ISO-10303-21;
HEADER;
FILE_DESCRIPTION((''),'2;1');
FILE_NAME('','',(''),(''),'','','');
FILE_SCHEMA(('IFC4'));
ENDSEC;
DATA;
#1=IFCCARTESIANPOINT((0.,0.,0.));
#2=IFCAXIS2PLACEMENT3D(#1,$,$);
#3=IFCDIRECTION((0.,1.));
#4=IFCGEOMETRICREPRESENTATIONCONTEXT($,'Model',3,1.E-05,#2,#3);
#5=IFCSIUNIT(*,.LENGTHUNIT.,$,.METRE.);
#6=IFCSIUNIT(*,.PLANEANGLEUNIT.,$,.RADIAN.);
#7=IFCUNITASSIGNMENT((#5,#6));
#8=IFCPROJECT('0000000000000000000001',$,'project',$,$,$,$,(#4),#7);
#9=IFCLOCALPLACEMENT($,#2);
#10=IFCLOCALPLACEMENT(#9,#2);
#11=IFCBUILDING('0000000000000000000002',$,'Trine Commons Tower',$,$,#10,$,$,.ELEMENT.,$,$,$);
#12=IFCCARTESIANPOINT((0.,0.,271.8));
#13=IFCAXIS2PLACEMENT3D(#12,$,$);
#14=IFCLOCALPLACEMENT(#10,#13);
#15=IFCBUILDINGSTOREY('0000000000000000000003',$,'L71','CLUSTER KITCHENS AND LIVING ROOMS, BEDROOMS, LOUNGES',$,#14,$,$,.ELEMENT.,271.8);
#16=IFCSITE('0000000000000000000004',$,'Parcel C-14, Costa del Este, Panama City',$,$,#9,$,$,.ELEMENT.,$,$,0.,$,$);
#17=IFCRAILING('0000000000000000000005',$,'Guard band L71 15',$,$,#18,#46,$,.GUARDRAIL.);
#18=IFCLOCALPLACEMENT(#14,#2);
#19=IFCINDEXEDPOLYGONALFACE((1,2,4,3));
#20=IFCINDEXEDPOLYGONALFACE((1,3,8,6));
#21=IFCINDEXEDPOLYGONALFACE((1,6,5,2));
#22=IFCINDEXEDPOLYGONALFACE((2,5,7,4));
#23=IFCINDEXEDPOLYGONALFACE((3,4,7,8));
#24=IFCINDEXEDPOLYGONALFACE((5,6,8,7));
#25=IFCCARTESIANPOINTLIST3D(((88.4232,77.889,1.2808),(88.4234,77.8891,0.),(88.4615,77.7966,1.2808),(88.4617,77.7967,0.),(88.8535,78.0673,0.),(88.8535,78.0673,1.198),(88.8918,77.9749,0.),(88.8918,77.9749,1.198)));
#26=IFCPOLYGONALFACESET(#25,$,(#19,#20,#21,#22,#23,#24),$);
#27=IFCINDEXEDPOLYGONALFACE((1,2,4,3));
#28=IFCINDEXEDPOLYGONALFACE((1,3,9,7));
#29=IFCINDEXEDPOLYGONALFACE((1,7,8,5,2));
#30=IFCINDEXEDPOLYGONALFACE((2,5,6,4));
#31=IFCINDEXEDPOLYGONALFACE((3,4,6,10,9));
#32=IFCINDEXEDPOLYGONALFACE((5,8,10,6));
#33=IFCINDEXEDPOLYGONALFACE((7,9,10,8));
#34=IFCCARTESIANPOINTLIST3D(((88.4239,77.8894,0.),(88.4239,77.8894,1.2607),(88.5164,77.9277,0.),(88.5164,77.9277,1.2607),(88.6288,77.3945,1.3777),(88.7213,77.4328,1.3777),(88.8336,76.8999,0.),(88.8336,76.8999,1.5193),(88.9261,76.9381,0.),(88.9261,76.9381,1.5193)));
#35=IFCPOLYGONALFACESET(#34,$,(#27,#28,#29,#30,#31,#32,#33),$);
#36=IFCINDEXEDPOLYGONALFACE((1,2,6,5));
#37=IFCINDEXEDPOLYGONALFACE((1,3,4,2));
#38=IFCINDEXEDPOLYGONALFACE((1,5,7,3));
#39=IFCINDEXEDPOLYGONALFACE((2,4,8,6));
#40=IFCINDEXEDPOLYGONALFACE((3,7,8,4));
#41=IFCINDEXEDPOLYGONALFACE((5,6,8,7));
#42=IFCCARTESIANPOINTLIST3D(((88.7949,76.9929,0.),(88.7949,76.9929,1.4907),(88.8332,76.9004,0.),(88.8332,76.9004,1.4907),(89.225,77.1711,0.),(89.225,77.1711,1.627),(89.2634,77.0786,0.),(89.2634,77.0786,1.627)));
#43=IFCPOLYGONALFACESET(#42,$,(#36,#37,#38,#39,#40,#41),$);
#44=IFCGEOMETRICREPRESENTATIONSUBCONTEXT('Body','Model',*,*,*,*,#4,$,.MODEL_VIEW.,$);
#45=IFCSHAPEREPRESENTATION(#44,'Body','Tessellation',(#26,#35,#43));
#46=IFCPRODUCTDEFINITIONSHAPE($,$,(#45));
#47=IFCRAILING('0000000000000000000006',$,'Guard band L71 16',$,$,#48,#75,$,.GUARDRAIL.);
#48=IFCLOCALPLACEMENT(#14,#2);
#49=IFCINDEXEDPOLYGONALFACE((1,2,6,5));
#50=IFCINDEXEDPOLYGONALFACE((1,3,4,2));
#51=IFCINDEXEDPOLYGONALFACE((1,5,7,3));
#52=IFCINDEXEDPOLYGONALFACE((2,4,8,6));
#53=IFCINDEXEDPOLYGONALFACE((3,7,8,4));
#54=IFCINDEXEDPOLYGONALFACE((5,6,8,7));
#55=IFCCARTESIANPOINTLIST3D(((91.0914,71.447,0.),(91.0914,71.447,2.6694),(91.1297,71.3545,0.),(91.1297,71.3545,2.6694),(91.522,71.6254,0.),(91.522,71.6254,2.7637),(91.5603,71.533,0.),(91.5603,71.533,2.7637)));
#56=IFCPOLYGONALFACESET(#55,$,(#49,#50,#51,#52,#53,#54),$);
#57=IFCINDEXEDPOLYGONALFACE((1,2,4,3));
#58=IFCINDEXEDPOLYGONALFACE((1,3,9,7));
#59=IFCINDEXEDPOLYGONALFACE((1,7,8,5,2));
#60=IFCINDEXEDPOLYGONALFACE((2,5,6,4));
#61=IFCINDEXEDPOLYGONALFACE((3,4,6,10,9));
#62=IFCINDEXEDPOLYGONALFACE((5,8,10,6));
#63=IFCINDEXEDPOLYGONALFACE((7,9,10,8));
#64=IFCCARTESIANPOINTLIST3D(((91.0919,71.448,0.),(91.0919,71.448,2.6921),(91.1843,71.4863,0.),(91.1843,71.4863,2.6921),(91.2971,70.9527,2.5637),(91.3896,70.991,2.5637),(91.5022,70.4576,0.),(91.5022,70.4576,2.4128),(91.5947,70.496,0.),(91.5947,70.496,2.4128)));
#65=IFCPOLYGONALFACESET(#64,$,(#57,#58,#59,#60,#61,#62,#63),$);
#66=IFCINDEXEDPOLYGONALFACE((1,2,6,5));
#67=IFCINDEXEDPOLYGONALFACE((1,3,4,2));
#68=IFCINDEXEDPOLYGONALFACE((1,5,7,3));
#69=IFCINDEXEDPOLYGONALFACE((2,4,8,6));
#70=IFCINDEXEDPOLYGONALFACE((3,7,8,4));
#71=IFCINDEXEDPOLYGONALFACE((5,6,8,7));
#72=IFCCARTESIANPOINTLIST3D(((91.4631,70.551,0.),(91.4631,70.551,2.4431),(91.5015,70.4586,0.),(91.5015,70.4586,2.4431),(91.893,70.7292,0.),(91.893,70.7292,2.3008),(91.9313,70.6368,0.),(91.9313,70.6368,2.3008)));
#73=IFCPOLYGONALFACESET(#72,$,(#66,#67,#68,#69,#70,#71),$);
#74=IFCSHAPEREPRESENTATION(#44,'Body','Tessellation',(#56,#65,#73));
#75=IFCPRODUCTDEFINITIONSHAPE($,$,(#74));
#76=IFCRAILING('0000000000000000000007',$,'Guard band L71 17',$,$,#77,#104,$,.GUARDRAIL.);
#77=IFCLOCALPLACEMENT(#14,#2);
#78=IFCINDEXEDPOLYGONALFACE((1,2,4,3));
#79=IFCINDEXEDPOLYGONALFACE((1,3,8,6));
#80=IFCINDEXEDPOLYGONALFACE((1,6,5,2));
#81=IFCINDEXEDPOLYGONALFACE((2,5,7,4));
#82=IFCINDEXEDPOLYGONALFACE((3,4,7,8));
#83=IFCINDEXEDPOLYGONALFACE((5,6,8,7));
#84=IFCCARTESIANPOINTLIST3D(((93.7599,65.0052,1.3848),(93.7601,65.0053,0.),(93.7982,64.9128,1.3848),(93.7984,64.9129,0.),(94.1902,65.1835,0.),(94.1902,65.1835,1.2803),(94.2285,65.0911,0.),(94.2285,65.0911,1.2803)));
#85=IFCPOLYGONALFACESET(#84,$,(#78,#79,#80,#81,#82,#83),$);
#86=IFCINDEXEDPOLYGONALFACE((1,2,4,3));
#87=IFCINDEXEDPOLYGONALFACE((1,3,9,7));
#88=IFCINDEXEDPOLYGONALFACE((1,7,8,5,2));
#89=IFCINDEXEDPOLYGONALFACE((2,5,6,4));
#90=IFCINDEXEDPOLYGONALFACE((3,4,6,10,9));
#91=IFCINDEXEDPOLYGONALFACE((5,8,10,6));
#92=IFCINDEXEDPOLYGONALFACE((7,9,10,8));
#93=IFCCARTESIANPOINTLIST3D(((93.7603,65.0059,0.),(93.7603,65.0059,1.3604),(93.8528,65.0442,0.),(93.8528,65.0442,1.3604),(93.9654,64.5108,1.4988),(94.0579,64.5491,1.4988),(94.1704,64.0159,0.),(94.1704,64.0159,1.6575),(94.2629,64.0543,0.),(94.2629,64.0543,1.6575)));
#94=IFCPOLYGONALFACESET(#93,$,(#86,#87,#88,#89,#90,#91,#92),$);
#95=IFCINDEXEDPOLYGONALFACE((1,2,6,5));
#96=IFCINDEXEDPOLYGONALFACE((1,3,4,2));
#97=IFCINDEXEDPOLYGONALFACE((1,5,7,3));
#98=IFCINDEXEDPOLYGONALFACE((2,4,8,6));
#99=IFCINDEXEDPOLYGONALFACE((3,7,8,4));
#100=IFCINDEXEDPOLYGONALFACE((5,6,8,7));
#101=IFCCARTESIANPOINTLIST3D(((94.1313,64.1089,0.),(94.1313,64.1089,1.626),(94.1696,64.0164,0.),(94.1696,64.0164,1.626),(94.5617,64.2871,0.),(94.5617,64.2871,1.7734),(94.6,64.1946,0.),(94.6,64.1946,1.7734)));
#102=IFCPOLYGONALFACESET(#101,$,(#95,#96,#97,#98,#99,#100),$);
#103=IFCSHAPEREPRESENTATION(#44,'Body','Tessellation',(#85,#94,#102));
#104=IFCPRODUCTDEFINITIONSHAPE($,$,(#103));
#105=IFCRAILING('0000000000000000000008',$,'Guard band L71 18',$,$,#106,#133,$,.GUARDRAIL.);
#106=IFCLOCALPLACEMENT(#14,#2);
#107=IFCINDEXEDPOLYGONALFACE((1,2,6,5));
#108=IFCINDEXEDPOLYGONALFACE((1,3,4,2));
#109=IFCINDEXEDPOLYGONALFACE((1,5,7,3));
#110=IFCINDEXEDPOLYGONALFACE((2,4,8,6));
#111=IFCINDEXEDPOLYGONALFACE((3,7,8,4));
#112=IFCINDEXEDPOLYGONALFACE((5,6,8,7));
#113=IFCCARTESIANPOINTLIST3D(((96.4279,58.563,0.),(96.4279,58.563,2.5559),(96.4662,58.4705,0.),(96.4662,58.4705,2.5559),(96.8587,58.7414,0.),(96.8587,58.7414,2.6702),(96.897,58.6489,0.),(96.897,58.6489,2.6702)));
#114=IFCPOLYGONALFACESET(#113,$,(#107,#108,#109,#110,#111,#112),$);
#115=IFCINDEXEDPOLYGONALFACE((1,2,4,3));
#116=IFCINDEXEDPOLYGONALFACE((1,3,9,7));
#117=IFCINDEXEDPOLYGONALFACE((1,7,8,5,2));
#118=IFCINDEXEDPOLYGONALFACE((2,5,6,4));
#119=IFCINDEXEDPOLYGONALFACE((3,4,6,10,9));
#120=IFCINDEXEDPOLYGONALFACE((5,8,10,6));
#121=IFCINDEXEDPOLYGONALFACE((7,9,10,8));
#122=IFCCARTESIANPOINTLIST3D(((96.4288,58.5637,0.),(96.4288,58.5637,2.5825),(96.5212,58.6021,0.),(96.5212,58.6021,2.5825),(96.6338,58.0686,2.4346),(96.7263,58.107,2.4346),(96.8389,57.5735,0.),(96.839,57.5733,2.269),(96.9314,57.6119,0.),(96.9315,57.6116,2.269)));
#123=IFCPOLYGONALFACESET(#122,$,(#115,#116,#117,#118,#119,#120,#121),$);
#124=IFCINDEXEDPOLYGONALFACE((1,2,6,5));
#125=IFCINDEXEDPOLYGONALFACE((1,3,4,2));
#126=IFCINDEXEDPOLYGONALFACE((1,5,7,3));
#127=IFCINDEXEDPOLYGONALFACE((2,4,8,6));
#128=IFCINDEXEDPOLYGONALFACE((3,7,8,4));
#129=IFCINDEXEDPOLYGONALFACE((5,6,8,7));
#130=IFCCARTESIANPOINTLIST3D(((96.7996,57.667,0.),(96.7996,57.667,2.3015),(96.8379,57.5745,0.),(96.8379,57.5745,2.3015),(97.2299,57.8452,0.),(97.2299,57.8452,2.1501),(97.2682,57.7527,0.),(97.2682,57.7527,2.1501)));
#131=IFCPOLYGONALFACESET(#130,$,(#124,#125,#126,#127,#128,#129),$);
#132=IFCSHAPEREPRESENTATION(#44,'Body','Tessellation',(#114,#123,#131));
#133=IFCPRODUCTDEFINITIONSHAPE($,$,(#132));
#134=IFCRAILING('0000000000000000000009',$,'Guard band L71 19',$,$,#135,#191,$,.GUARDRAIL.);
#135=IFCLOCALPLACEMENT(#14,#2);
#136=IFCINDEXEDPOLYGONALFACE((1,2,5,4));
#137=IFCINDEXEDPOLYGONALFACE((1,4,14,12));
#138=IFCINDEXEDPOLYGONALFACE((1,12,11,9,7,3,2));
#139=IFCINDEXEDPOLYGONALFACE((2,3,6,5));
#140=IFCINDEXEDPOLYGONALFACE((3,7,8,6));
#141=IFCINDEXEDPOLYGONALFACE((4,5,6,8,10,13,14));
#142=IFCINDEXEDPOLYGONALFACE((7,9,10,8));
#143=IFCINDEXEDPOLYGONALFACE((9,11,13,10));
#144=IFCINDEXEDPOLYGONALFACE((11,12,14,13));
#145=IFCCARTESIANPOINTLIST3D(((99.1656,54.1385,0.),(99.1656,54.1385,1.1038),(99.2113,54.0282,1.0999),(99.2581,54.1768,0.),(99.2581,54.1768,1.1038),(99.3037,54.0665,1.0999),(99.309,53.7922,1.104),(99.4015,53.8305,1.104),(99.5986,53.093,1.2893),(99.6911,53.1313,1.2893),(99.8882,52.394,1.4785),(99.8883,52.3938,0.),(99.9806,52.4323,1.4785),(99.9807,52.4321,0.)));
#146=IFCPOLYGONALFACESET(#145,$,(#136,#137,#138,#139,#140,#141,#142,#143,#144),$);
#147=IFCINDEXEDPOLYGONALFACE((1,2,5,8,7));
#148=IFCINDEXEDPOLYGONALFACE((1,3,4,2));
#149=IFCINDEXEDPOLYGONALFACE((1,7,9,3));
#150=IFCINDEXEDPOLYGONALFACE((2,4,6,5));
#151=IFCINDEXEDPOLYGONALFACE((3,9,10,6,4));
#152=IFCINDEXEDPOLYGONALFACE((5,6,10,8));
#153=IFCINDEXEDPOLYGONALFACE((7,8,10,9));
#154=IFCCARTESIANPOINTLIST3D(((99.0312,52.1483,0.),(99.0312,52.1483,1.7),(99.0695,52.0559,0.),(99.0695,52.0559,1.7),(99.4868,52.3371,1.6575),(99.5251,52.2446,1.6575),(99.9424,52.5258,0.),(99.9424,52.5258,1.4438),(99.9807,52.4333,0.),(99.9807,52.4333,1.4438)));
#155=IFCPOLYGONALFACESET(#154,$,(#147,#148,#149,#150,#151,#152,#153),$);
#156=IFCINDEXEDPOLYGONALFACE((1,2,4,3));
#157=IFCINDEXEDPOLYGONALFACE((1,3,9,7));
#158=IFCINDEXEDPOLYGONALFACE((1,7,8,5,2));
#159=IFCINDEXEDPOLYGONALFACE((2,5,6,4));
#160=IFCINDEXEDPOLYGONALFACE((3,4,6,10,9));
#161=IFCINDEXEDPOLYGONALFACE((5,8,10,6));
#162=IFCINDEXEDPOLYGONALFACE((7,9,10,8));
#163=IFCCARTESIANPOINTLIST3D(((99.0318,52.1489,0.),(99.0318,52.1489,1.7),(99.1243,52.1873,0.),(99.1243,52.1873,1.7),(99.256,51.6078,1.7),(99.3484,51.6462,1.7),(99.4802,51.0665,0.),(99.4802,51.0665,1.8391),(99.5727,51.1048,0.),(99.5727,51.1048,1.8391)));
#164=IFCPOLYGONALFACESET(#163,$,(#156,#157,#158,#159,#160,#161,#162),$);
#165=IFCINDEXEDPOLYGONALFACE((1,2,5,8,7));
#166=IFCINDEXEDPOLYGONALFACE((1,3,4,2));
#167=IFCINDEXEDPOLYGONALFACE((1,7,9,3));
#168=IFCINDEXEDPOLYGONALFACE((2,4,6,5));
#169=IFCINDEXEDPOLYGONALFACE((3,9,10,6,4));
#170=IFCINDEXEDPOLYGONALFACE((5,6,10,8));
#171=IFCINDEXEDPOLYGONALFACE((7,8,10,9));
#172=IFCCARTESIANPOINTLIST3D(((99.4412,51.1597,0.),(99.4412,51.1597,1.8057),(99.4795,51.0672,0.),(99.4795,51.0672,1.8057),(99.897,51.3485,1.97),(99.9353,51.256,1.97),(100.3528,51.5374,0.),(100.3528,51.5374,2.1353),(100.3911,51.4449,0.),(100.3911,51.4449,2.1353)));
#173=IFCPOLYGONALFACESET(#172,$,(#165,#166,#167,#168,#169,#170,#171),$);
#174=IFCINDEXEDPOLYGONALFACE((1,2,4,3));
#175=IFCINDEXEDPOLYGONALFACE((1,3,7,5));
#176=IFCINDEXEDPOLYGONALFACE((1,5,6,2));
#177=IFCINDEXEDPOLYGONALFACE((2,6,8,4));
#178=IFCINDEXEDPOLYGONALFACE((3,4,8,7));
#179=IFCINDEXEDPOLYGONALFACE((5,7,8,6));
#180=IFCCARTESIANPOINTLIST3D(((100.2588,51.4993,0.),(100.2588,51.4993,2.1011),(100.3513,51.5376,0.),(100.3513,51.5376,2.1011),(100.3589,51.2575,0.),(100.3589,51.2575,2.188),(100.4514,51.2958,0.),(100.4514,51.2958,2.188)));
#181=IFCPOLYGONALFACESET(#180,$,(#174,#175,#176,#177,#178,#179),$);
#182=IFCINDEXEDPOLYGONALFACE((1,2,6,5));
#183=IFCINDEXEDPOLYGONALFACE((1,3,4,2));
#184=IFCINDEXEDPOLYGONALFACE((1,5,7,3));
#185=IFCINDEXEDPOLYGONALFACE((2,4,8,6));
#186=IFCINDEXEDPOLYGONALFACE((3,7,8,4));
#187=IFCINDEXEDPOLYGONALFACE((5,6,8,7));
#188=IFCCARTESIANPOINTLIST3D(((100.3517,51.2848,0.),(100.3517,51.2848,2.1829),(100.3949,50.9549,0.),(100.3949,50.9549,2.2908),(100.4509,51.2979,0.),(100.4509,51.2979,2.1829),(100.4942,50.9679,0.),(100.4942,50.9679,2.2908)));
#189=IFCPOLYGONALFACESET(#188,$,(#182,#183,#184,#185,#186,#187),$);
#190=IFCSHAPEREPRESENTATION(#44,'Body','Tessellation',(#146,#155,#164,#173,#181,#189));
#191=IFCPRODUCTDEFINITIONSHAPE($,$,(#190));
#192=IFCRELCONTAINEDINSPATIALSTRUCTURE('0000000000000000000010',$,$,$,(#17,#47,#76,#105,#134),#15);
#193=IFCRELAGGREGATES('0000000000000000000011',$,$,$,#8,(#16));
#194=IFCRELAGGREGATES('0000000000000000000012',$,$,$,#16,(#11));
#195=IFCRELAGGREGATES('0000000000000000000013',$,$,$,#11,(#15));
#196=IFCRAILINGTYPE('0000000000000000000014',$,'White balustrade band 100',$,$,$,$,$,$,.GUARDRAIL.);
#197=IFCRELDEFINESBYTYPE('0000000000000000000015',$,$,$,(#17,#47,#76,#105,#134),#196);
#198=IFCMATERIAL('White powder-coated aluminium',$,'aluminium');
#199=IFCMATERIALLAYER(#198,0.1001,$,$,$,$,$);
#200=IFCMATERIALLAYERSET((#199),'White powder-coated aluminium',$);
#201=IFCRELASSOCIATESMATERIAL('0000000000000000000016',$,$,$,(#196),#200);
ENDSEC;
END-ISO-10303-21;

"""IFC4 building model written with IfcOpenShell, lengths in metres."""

from ifc_helpers import new_model, si_unit, direction, frame, origin, place, context, subcontext, project, spatial, polyline, outline, extrude, material, layer, layer_set, type_object, element, save


model = new_model("IFC4")

# Units and contexts
model_context = context("Model", 3, precision=1e-05, world=origin(), true_north=direction((0.0, 1.0)))
body_context = subcontext(model_context, "Body", "Model", "MODEL_VIEW")
ifc_project = project(units=[si_unit("LENGTHUNIT", "METRE"), si_unit("PLANEANGLEUNIT", "RADIAN")], contexts=[model_context])

# Site, building, storey
site_placement = place(None, origin())
site = spatial("IfcSite", under=ifc_project, at=site_placement, Name="Parcel C-14, Costa del Este, Panama City", CompositionType="ELEMENT", RefElevation=0.0)
building_placement = place(site_placement, origin())
building = spatial("IfcBuilding", under=site, at=building_placement, Name="Trine Commons Tower", CompositionType="ELEMENT")
storey_placement = place(building_placement, frame((0.0, 0.0, 271.8)))
storey = spatial("IfcBuildingStorey", under=building, at=storey_placement, Name="L71", Description="CLUSTER KITCHENS AND LIVING ROOMS, BEDROOMS, LOUNGES", CompositionType="ELEMENT", Elevation=271.8)

# Railings
ifc_material_1 = material(Name="White powder-coated aluminium", Category="aluminium")
ifc_layer_1 = layer(ifc_material_1, 0.1001)
ifc_layer_set_1 = layer_set([ifc_layer_1], Name="White powder-coated aluminium")
railing_type = type_object("IfcRailingType", Name="White balustrade band 100", PredefinedType="GUARDRAIL", material=ifc_layer_set_1)
railing_1_placement = place(storey_placement, origin())
element("IfcRailing", 1, at=railing_1_placement, inside=storey, type_object=railing_type, Name="Guard band L71 15", PredefinedType="GUARDRAIL", context=body_context, shape_type="SweptSolid", body=[
    extrude(outline(polyline([(0.0, 0.0), (0.4656, 0.0), (0.4658, 1.2808), (0.0, 1.198), (0.0, 0.0)])), frame((88.8918, 77.9749, 0.0), z_axis=(-0.382753, 0.923851, 0.0), x_axis=(-0.923851, -0.382753, 0.0)), (0.0, 0.0, 1.0), 0.1001),
    extrude(outline(polyline([(0.0, 0.0), (1.071, 0.0), (1.071, 1.5193), (0.5356, 1.3777), (0.0, 1.2607), (0.0, 0.0)])), frame((88.5164, 77.9277, 0.0), z_axis=(-0.923945, -0.382526, 0.0), x_axis=(0.382526, -0.923945, 0.0)), (0.0, 0.0, 1.0), 0.1001),
    extrude(outline(polyline([(0.0, 0.0), (0.4656, 0.0), (0.4656, 1.627), (0.0, 1.4907), (0.0, 0.0)])), frame((88.7949, 76.9929, 0.0), z_axis=(0.382753, -0.923851, 0.0), x_axis=(0.923851, 0.382753, 0.0)), (0.0, 0.0, 1.0), 0.1001),
])
railing_2_placement = place(storey_placement, origin())
element("IfcRailing", 2, at=railing_2_placement, inside=storey, type_object=railing_type, Name="Guard band L71 16", PredefinedType="GUARDRAIL", context=body_context, shape_type="SweptSolid", body=[
    extrude(outline(polyline([(0.0, 0.0), (0.4661, 0.0), (0.4661, 2.6694), (0.0, 2.7637), (0.0, 0.0)])), frame((91.5603, 71.533, 0.0), z_axis=(-0.38283, 0.923819, 0.0), x_axis=(-0.923819, -0.38283, 0.0)), (0.0, 0.0, 1.0), 0.1001),
    extrude(outline(polyline([(0.0, 0.0), (1.072, 0.0), (1.072, 2.4128), (0.5361, 2.5637), (0.0, 2.6921), (0.0, 0.0)])), frame((91.1843, 71.4863, 0.0), z_axis=(-0.923836, -0.382788, 0.0), x_axis=(0.382788, -0.923836, 0.0)), (0.0, 0.0, 1.0), 0.1001),
    extrude(outline(polyline([(0.0, 0.0), (0.4653, 0.0), (0.4653, 2.3008), (0.0, 2.4431), (0.0, 0.0)])), frame((91.4631, 70.551, 0.0), z_axis=(0.382939, -0.923774, 0.0), x_axis=(0.923774, 0.382939, 0.0)), (0.0, 0.0, 1.0), 0.1001),
])
railing_3_placement = place(storey_placement, origin())
element("IfcRailing", 3, at=railing_3_placement, inside=storey, type_object=railing_type, Name="Guard band L71 17", PredefinedType="GUARDRAIL", context=body_context, shape_type="SweptSolid", body=[
    extrude(outline(polyline([(0.0, 0.0), (0.4656, 0.0), (0.4658, 1.3848), (0.0, 1.2803), (0.0, 0.0)])), frame((94.2285, 65.0911, 0.0), z_axis=(-0.382753, 0.923851, 0.0), x_axis=(-0.923851, -0.382753, 0.0)), (0.0, 0.0, 1.0), 0.1001),
    extrude(outline(polyline([(0.0, 0.0), (1.0715, 0.0), (1.0715, 1.6575), (0.5359, 1.4988), (0.0, 1.3604), (0.0, 0.0)])), frame((93.8528, 65.0442, 0.0), z_axis=(-0.92385, -0.382754, 0.0), x_axis=(0.382754, -0.92385, 0.0)), (0.0, 0.0, 1.0), 0.1001),
    extrude(outline(polyline([(0.0, 0.0), (0.4658, 0.0), (0.4658, 1.7734), (0.0, 1.626), (0.0, 0.0)])), frame((94.1313, 64.1089, 0.0), z_axis=(0.382568, -0.923927, 0.0), x_axis=(0.923927, 0.382568, 0.0)), (0.0, 0.0, 1.0), 0.1001),
])
railing_4_placement = place(storey_placement, origin())
element("IfcRailing", 4, at=railing_4_placement, inside=storey, type_object=railing_type, Name="Guard band L71 18", PredefinedType="GUARDRAIL", context=body_context, shape_type="SweptSolid", body=[
    extrude(outline(polyline([(0.0, 0.0), (0.4663, 0.0), (0.4663, 2.5559), (0.0, 2.6702), (0.0, 0.0)])), frame((96.897, 58.6489, 0.0), z_axis=(-0.382645, 0.923896, 0.0), x_axis=(-0.923896, -0.382645, 0.0)), (0.0, 0.0, 1.0), 0.1001),
    extrude(outline(polyline([(0.0, 0.0), (1.0718, 0.0), (1.072, 2.269), (0.5359, 2.4346), (0.0, 2.5825), (0.0, 0.0)])), frame((96.5212, 58.6021, 0.0), z_axis=(-0.923884, -0.382674, 0.0), x_axis=(0.382674, -0.923884, 0.0)), (0.0, 0.0, 1.0), 0.1001),
    extrude(outline(polyline([(0.0, 0.0), (0.4658, 0.0), (0.4658, 2.1501), (0.0, 2.3015), (0.0, 0.0)])), frame((96.7996, 57.667, 0.0), z_axis=(0.382568, -0.923927, 0.0), x_axis=(0.923927, 0.382568, 0.0)), (0.0, 0.0, 1.0), 0.1001),
])
railing_5_placement = place(storey_placement, origin())
element("IfcRailing", 5, at=railing_5_placement, inside=storey, type_object=railing_type, Name="Guard band L71 19", PredefinedType="GUARDRAIL", context=body_context, shape_type="SweptSolid", body=[
    extrude(outline(polyline([(0.0, 0.0), (1.8884, 0.0), (1.8882, 1.4785), (1.1316, 1.2893), (0.3748, 1.104), (0.1194, 1.0999), (0.0, 1.1038), (0.0, 0.0)])), frame((99.2581, 54.1768, 0.0), z_axis=(-0.923878, -0.382687, 0.0), x_axis=(0.382687, -0.923878, 0.0)), (0.0, 0.0, 1.0), 0.1001),
    extrude(outline(polyline([(0.0, 0.0), (0.9863, 0.0), (0.9863, 1.7), (0.4932, 1.6575), (0.0, 1.4438), (0.0, 0.0)])), frame((99.9807, 52.4333, 0.0), z_axis=(-0.382716, 0.923866, 0.0), x_axis=(-0.923866, -0.382716, 0.0)), (0.0, 0.0, 1.0), 0.1001),
    extrude(outline(polyline([(0.0, 0.0), (1.1716, 0.0), (1.1716, 1.8391), (0.5857, 1.7), (0.0, 1.7), (0.0, 0.0)])), frame((99.1243, 52.1873, 0.0), z_axis=(-0.923852, -0.38275, 0.0), x_axis=(0.38275, -0.923852, 0.0)), (0.0, 0.0, 1.0), 0.1001),
    extrude(outline(polyline([(0.0, 0.0), (0.9868, 0.0), (0.9868, 2.1353), (0.4934, 1.97), (0.0, 1.8057), (0.0, 0.0)])), frame((99.4412, 51.1597, 0.0), z_axis=(0.382752, -0.923851, 0.0), x_axis=(0.923851, 0.382752, 0.0)), (0.0, 0.0, 1.0), 0.1001),
    extrude(outline(polyline([(0.0, 0.0), (0.2617, 0.0), (0.2617, 2.188), (0.0, 2.1011), (0.0, 0.0)])), frame((100.3513, 51.5376, 0.0), z_axis=(-0.92404, -0.382297, 0.0), x_axis=(0.382297, -0.92404, 0.0)), (0.0, 0.0, 1.0), 0.1001),
    extrude(outline(polyline([(0.0, 0.0), (0.3328, 0.0), (0.3328, 2.2908), (0.0, 2.1829), (0.0, 0.0)])), frame((100.4509, 51.2979, 0.0), z_axis=(-0.991527, -0.129904, 0.0), x_axis=(0.129904, -0.991527, 0.0)), (0.0, 0.0, 1.0), 0.1001),
])

save(model, "model.ifc")
